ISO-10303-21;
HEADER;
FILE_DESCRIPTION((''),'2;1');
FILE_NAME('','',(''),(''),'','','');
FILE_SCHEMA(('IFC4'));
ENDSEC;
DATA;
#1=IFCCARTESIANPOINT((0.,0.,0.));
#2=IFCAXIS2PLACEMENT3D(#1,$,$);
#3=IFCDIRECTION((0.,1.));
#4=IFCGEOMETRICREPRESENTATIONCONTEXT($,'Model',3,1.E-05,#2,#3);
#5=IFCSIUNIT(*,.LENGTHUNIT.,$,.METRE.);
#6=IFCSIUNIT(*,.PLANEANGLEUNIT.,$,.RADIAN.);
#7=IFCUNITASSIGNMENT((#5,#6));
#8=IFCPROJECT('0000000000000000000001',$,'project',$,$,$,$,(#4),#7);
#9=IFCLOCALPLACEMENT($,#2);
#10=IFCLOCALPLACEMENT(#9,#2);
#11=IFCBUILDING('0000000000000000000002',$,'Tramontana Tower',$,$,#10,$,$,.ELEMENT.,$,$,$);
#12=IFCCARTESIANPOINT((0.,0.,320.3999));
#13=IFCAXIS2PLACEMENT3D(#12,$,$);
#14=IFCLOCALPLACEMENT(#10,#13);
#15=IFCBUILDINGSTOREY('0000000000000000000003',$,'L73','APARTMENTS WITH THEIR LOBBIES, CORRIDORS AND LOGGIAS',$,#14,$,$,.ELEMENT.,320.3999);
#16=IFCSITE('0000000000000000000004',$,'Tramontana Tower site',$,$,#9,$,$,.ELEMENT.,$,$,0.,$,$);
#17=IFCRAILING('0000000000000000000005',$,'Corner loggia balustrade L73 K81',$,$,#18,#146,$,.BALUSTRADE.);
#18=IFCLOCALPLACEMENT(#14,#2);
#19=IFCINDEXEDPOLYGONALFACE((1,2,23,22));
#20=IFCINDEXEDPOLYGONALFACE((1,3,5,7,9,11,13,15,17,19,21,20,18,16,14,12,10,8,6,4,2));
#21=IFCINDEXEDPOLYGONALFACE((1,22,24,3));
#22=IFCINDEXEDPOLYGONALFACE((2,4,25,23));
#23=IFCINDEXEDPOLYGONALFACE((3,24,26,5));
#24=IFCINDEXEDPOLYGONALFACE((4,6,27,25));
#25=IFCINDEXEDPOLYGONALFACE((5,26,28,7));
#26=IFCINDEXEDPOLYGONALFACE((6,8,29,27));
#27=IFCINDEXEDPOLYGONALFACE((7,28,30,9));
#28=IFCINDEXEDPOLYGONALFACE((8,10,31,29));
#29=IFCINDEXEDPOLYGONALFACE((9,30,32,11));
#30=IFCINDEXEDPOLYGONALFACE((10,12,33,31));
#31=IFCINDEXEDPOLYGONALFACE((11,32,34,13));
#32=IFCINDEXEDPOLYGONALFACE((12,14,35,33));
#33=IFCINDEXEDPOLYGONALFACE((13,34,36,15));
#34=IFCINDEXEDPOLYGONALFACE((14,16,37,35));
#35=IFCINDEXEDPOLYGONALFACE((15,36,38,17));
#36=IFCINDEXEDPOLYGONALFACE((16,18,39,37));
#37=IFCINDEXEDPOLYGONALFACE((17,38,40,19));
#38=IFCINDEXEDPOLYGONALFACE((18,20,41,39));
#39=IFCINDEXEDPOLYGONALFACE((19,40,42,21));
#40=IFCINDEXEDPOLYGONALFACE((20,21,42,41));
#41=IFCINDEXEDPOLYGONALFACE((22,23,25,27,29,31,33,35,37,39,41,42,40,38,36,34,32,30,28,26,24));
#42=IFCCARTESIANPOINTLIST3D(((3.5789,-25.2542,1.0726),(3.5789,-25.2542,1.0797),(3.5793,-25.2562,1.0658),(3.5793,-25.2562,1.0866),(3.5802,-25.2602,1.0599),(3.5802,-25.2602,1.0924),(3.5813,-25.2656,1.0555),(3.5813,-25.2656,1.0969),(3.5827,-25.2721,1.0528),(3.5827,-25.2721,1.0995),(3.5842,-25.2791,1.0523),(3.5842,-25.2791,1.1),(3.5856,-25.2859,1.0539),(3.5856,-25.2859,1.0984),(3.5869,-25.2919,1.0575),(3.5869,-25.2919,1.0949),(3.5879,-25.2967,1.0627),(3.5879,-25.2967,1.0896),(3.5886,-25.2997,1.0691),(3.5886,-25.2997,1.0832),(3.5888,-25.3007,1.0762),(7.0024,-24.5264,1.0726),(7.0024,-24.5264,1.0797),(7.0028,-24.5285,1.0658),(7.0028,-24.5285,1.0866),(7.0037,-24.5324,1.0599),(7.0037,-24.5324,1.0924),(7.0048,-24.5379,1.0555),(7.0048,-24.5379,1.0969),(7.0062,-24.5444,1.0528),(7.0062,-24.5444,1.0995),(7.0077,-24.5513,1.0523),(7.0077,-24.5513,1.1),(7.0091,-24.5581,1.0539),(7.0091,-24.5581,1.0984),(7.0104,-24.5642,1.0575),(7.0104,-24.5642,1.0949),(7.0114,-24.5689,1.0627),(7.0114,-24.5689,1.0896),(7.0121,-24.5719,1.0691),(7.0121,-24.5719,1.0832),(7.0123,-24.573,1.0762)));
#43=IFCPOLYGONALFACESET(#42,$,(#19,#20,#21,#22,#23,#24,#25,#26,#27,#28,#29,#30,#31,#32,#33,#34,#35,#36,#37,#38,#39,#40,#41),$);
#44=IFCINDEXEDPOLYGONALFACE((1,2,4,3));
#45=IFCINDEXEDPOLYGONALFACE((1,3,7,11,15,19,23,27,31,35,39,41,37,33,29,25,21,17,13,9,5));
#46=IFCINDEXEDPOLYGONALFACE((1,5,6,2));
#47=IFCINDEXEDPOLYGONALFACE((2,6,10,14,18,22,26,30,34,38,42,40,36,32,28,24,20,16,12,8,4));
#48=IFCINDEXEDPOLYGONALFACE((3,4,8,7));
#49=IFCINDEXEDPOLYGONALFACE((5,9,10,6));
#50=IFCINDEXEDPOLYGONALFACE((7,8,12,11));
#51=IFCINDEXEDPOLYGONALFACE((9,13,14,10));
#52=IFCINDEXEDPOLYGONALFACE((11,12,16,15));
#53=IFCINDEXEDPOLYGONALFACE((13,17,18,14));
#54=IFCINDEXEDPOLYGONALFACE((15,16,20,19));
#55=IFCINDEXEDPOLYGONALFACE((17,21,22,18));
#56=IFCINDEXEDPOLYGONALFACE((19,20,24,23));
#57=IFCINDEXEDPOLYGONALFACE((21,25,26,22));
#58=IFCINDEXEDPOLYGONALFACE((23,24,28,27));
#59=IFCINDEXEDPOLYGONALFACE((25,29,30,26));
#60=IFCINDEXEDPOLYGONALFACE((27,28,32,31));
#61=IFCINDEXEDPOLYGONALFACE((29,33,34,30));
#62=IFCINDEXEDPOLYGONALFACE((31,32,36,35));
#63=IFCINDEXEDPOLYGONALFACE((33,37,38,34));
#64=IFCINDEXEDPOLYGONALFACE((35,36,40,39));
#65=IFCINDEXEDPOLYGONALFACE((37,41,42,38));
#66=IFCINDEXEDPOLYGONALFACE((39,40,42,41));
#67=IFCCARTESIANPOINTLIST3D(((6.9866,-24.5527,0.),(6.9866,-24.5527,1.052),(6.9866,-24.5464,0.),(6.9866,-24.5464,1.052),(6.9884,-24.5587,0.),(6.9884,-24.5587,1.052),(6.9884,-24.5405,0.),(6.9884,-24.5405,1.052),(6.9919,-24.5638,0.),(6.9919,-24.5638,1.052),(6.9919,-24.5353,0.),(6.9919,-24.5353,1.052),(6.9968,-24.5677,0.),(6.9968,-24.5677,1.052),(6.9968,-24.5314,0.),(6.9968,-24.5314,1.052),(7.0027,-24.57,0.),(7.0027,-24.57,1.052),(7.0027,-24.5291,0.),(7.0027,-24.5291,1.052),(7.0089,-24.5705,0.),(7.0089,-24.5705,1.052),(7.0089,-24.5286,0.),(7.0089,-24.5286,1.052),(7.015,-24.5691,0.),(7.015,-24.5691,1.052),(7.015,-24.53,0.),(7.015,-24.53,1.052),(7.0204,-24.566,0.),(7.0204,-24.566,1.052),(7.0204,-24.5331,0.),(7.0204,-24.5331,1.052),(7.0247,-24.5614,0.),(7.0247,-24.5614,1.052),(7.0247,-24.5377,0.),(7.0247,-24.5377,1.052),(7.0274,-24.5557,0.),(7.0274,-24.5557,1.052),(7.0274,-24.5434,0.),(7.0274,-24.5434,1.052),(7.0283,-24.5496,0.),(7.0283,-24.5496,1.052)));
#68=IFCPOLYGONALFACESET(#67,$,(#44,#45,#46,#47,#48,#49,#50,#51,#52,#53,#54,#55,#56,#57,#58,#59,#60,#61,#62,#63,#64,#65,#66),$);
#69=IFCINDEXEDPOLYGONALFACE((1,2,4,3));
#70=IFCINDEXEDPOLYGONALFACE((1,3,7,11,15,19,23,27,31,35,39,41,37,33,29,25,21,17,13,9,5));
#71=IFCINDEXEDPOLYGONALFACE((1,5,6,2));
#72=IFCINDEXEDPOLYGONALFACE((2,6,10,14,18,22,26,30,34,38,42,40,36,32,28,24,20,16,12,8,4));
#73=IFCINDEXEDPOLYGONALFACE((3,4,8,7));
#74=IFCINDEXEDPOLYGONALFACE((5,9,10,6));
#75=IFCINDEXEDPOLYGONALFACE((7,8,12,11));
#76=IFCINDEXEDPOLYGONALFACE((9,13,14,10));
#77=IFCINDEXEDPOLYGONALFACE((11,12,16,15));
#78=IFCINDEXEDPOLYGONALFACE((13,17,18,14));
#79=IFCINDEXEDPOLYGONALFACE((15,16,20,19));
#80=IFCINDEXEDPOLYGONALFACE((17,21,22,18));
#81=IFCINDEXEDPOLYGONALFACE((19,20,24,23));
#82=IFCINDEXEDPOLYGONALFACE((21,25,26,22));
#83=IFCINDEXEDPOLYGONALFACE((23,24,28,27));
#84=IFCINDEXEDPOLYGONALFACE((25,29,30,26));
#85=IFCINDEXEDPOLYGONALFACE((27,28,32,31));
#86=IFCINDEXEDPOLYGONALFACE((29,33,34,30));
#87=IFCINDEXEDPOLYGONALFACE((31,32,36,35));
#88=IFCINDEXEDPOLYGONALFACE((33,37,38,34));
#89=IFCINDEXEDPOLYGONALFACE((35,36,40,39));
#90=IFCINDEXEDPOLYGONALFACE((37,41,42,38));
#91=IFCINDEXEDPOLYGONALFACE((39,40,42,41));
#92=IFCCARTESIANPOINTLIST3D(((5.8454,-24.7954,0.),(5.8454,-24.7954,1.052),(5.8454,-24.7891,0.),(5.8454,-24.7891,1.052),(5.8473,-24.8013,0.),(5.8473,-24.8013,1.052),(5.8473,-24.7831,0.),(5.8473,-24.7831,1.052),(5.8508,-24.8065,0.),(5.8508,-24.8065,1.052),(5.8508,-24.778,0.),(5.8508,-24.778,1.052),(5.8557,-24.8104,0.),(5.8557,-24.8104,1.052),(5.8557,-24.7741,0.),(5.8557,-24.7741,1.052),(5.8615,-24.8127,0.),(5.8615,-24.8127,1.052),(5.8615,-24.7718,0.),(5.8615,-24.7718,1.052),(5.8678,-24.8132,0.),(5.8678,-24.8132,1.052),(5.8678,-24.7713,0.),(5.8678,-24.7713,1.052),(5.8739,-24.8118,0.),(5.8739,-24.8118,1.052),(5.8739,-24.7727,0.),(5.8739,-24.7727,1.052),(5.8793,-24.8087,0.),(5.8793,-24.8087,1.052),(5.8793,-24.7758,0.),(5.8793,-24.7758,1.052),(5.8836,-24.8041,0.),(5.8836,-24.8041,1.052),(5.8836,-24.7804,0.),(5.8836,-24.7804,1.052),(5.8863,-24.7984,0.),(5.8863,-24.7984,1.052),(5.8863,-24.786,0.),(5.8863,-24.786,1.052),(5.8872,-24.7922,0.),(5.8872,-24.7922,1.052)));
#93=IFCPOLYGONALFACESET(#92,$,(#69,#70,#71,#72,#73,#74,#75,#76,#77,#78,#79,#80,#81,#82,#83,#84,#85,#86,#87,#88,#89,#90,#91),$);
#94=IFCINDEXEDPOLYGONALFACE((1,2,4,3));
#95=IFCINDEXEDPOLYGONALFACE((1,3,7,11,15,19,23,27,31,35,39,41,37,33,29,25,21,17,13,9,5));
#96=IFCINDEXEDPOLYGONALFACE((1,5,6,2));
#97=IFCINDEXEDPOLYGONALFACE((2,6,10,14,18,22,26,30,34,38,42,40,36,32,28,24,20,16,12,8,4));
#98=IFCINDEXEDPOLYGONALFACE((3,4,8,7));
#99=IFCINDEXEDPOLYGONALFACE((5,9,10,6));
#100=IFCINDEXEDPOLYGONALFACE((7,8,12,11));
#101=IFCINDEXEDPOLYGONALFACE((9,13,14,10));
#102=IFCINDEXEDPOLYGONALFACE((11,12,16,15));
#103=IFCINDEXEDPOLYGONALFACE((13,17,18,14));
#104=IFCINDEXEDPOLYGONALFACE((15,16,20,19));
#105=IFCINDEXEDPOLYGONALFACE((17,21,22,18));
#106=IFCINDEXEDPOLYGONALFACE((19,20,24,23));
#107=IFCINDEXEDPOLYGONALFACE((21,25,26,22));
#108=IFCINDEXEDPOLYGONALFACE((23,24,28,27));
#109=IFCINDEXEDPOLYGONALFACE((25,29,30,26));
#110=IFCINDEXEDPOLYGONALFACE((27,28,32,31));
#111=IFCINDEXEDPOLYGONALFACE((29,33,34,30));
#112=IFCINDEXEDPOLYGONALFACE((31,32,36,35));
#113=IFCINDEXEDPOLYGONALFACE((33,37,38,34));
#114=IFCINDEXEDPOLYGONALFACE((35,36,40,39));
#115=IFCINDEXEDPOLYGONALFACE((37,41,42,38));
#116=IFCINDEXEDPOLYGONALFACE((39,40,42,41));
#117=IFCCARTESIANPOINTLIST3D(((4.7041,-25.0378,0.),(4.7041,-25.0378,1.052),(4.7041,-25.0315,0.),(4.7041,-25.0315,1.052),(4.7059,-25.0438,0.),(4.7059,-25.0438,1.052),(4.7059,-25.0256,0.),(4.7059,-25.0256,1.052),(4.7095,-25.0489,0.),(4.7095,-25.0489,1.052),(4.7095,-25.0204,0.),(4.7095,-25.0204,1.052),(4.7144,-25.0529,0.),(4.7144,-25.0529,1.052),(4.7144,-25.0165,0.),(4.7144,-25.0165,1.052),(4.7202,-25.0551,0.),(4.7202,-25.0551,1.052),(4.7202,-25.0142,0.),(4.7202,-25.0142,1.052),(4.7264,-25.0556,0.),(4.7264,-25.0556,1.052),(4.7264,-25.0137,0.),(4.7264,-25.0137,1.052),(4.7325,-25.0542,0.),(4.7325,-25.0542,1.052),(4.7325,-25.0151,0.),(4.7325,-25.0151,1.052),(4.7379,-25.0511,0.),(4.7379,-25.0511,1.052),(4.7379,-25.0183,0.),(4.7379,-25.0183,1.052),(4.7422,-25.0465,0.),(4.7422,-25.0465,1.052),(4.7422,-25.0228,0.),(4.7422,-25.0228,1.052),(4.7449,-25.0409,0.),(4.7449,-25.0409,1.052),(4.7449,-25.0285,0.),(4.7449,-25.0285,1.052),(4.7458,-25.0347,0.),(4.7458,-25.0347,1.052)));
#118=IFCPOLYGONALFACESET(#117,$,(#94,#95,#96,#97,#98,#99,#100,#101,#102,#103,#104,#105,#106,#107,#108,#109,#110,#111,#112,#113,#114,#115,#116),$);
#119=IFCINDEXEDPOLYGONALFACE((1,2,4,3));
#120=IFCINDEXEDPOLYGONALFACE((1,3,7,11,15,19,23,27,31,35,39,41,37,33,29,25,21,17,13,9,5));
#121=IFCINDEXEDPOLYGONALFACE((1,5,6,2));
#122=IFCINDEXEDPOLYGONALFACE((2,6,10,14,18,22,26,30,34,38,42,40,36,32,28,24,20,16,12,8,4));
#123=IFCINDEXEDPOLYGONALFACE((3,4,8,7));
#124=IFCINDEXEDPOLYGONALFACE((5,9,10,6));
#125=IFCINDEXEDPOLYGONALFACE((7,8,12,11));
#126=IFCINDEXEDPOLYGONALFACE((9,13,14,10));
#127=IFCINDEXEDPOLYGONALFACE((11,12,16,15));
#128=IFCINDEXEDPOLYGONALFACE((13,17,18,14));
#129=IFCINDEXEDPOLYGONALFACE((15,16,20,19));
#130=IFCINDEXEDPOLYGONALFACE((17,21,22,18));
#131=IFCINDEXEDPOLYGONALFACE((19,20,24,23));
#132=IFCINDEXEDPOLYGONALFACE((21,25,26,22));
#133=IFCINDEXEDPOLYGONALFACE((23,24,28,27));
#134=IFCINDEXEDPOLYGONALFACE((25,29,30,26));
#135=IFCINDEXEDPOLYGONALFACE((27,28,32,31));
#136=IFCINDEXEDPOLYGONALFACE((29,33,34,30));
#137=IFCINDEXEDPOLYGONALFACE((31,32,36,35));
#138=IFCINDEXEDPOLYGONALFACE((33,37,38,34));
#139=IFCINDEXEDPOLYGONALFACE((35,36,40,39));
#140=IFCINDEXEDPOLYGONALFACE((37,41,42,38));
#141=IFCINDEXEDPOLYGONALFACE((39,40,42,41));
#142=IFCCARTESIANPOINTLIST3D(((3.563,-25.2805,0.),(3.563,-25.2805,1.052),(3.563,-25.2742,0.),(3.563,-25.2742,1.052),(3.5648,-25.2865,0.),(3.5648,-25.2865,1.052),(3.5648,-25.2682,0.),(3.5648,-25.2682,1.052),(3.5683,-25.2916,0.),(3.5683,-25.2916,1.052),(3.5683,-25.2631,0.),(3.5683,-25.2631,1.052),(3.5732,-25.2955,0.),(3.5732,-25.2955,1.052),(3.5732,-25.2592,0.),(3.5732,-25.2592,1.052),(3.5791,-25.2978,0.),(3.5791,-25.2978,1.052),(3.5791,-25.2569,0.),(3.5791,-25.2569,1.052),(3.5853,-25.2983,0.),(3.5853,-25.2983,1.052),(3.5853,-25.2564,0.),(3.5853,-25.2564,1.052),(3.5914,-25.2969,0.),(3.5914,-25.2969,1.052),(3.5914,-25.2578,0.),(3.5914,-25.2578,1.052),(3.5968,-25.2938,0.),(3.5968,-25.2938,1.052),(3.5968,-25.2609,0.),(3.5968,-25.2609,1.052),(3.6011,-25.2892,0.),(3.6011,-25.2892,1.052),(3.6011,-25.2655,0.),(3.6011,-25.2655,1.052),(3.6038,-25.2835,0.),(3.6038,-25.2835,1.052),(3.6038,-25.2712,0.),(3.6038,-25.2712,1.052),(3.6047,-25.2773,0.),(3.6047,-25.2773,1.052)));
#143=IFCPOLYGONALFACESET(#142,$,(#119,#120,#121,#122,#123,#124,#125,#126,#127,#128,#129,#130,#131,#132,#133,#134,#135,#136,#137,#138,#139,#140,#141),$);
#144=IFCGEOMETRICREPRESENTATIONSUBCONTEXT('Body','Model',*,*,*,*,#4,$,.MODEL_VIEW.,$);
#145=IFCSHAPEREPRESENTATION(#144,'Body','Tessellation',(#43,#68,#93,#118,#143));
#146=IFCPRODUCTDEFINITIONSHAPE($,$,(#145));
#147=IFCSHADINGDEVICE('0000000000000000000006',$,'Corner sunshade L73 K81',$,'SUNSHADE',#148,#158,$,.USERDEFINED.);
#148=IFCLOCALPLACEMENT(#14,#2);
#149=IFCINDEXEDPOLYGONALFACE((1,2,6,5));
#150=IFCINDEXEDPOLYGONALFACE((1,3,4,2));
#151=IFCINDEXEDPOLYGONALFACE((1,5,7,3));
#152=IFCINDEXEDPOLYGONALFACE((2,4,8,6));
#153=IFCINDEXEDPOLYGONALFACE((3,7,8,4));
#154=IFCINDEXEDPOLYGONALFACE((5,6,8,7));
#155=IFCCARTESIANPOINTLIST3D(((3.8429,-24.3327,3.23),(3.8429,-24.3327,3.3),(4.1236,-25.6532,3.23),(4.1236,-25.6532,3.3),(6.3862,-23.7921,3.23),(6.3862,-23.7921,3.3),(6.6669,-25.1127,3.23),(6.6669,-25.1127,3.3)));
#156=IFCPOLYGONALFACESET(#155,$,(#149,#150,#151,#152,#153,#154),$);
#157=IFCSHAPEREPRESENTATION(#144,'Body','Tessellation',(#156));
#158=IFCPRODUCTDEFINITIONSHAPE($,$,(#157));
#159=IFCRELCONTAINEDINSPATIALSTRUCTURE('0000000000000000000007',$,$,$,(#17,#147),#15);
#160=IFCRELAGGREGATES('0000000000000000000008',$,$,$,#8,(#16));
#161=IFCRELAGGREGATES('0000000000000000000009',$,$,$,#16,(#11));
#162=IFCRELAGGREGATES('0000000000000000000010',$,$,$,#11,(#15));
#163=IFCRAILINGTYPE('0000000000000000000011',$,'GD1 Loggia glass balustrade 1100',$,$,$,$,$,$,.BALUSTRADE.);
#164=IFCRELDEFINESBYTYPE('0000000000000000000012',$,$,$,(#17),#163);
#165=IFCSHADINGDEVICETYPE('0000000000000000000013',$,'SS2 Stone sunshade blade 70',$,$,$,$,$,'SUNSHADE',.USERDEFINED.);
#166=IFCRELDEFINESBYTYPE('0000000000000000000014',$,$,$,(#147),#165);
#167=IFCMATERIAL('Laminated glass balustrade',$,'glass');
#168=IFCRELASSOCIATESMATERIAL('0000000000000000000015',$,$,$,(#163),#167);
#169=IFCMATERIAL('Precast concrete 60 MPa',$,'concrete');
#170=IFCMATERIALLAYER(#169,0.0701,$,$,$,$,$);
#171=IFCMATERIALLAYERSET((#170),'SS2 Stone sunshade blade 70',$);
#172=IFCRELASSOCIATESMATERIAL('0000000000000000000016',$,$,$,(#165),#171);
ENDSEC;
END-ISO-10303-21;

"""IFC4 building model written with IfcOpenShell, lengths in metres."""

from ifc_helpers import new_model, si_unit, direction, frame, origin, origin_2d, place, context, subcontext, project, spatial, rectangle, circle, extrude, material, layer, layer_set, type_object, element, save


model = new_model("IFC4")

# Units and contexts
model_context = context("Model", 3, precision=1e-05, world=origin(), true_north=direction((0.0, 1.0)))
body_context = subcontext(model_context, "Body", "Model", "MODEL_VIEW")
ifc_project = project(units=[si_unit("LENGTHUNIT", "METRE"), si_unit("PLANEANGLEUNIT", "RADIAN")], contexts=[model_context])

# Site, building, storey
site_placement = place(None, origin())
site = spatial("IfcSite", under=ifc_project, at=site_placement, Name="Tramontana Tower site", CompositionType="ELEMENT", RefElevation=0.0)
building_placement = place(site_placement, origin())
building = spatial("IfcBuilding", under=site, at=building_placement, Name="Tramontana Tower", CompositionType="ELEMENT")
storey_placement = place(building_placement, frame((0.0, 0.0, 320.3999)))
storey = spatial("IfcBuildingStorey", under=building, at=storey_placement, Name="L73", Description="APARTMENTS WITH THEIR LOBBIES, CORRIDORS AND LOGGIAS", CompositionType="ELEMENT", Elevation=320.3999)

# Railing
ifc_material_1 = material(Name="Laminated glass balustrade", Category="glass")
railing_type = type_object("IfcRailingType", Name="GD1 Loggia glass balustrade 1100", PredefinedType="BALUSTRADE", material=ifc_material_1)
railing_1_placement = place(storey_placement, frame((7.0073, -24.5496, 0.0)))
element("IfcRailing", 1, at=railing_1_placement, inside=storey, type_object=railing_type, Name="Corner loggia balustrade L73 K81", PredefinedType="BALUSTRADE", context=body_context, shape_type="SweptSolid", body=[
    extrude(circle(Radius=0.0239, at=origin_2d()), frame((0.0, 0.0, 1.0762), z_axis=(-0.978143, -0.207933, 0.0), x_axis=(0.207933, -0.978143, 0.0)), (0.0, 0.0, 1.0), 3.5),
    extrude(circle(Radius=0.021, at=origin_2d()), origin(), (0.0, 0.0, 1.0), 1.052),
    extrude(circle(Radius=0.021, at=origin_2d()), frame((-1.1411, -0.2427, 0.0)), (0.0, 0.0, 1.0), 1.052),
    extrude(circle(Radius=0.021, at=origin_2d()), frame((-2.2825, -0.4851, 0.0)), (0.0, 0.0, 1.0), 1.052),
    extrude(circle(Radius=0.021, at=origin_2d()), frame((-3.4236, -0.7278, 0.0)), (0.0, 0.0, 1.0), 1.052),
])

# Shading device
ifc_material_2 = material(Name="Precast concrete 60 MPa", Category="concrete")
ifc_layer_1 = layer(ifc_material_2, 0.0701)
ifc_layer_set_1 = layer_set([ifc_layer_1], Name="SS2 Stone sunshade blade 70")
shading_device_type = type_object("IfcShadingDeviceType", Name="SS2 Stone sunshade blade 70", ElementType="SUNSHADE", PredefinedType="USERDEFINED", material=ifc_layer_set_1)
shading_device_placement = place(storey_placement, frame((5.2549, -24.7227, 3.23), z_axis=(0.0, 0.0, 1.0), x_axis=(-0.978148, -0.207912, 0.0)))
element("IfcShadingDevice", 2, at=shading_device_placement, inside=storey, type_object=shading_device_type, Name="Corner sunshade L73 K81", ObjectType="SUNSHADE", PredefinedType="USERDEFINED", context=body_context, shape_type="SweptSolid", body=[
    extrude(rectangle(XDim=2.6001, YDim=1.3501, at=origin_2d()), origin(), (0.0, 0.0, 1.0), 0.0701),
])

save(model, "model.ifc")
